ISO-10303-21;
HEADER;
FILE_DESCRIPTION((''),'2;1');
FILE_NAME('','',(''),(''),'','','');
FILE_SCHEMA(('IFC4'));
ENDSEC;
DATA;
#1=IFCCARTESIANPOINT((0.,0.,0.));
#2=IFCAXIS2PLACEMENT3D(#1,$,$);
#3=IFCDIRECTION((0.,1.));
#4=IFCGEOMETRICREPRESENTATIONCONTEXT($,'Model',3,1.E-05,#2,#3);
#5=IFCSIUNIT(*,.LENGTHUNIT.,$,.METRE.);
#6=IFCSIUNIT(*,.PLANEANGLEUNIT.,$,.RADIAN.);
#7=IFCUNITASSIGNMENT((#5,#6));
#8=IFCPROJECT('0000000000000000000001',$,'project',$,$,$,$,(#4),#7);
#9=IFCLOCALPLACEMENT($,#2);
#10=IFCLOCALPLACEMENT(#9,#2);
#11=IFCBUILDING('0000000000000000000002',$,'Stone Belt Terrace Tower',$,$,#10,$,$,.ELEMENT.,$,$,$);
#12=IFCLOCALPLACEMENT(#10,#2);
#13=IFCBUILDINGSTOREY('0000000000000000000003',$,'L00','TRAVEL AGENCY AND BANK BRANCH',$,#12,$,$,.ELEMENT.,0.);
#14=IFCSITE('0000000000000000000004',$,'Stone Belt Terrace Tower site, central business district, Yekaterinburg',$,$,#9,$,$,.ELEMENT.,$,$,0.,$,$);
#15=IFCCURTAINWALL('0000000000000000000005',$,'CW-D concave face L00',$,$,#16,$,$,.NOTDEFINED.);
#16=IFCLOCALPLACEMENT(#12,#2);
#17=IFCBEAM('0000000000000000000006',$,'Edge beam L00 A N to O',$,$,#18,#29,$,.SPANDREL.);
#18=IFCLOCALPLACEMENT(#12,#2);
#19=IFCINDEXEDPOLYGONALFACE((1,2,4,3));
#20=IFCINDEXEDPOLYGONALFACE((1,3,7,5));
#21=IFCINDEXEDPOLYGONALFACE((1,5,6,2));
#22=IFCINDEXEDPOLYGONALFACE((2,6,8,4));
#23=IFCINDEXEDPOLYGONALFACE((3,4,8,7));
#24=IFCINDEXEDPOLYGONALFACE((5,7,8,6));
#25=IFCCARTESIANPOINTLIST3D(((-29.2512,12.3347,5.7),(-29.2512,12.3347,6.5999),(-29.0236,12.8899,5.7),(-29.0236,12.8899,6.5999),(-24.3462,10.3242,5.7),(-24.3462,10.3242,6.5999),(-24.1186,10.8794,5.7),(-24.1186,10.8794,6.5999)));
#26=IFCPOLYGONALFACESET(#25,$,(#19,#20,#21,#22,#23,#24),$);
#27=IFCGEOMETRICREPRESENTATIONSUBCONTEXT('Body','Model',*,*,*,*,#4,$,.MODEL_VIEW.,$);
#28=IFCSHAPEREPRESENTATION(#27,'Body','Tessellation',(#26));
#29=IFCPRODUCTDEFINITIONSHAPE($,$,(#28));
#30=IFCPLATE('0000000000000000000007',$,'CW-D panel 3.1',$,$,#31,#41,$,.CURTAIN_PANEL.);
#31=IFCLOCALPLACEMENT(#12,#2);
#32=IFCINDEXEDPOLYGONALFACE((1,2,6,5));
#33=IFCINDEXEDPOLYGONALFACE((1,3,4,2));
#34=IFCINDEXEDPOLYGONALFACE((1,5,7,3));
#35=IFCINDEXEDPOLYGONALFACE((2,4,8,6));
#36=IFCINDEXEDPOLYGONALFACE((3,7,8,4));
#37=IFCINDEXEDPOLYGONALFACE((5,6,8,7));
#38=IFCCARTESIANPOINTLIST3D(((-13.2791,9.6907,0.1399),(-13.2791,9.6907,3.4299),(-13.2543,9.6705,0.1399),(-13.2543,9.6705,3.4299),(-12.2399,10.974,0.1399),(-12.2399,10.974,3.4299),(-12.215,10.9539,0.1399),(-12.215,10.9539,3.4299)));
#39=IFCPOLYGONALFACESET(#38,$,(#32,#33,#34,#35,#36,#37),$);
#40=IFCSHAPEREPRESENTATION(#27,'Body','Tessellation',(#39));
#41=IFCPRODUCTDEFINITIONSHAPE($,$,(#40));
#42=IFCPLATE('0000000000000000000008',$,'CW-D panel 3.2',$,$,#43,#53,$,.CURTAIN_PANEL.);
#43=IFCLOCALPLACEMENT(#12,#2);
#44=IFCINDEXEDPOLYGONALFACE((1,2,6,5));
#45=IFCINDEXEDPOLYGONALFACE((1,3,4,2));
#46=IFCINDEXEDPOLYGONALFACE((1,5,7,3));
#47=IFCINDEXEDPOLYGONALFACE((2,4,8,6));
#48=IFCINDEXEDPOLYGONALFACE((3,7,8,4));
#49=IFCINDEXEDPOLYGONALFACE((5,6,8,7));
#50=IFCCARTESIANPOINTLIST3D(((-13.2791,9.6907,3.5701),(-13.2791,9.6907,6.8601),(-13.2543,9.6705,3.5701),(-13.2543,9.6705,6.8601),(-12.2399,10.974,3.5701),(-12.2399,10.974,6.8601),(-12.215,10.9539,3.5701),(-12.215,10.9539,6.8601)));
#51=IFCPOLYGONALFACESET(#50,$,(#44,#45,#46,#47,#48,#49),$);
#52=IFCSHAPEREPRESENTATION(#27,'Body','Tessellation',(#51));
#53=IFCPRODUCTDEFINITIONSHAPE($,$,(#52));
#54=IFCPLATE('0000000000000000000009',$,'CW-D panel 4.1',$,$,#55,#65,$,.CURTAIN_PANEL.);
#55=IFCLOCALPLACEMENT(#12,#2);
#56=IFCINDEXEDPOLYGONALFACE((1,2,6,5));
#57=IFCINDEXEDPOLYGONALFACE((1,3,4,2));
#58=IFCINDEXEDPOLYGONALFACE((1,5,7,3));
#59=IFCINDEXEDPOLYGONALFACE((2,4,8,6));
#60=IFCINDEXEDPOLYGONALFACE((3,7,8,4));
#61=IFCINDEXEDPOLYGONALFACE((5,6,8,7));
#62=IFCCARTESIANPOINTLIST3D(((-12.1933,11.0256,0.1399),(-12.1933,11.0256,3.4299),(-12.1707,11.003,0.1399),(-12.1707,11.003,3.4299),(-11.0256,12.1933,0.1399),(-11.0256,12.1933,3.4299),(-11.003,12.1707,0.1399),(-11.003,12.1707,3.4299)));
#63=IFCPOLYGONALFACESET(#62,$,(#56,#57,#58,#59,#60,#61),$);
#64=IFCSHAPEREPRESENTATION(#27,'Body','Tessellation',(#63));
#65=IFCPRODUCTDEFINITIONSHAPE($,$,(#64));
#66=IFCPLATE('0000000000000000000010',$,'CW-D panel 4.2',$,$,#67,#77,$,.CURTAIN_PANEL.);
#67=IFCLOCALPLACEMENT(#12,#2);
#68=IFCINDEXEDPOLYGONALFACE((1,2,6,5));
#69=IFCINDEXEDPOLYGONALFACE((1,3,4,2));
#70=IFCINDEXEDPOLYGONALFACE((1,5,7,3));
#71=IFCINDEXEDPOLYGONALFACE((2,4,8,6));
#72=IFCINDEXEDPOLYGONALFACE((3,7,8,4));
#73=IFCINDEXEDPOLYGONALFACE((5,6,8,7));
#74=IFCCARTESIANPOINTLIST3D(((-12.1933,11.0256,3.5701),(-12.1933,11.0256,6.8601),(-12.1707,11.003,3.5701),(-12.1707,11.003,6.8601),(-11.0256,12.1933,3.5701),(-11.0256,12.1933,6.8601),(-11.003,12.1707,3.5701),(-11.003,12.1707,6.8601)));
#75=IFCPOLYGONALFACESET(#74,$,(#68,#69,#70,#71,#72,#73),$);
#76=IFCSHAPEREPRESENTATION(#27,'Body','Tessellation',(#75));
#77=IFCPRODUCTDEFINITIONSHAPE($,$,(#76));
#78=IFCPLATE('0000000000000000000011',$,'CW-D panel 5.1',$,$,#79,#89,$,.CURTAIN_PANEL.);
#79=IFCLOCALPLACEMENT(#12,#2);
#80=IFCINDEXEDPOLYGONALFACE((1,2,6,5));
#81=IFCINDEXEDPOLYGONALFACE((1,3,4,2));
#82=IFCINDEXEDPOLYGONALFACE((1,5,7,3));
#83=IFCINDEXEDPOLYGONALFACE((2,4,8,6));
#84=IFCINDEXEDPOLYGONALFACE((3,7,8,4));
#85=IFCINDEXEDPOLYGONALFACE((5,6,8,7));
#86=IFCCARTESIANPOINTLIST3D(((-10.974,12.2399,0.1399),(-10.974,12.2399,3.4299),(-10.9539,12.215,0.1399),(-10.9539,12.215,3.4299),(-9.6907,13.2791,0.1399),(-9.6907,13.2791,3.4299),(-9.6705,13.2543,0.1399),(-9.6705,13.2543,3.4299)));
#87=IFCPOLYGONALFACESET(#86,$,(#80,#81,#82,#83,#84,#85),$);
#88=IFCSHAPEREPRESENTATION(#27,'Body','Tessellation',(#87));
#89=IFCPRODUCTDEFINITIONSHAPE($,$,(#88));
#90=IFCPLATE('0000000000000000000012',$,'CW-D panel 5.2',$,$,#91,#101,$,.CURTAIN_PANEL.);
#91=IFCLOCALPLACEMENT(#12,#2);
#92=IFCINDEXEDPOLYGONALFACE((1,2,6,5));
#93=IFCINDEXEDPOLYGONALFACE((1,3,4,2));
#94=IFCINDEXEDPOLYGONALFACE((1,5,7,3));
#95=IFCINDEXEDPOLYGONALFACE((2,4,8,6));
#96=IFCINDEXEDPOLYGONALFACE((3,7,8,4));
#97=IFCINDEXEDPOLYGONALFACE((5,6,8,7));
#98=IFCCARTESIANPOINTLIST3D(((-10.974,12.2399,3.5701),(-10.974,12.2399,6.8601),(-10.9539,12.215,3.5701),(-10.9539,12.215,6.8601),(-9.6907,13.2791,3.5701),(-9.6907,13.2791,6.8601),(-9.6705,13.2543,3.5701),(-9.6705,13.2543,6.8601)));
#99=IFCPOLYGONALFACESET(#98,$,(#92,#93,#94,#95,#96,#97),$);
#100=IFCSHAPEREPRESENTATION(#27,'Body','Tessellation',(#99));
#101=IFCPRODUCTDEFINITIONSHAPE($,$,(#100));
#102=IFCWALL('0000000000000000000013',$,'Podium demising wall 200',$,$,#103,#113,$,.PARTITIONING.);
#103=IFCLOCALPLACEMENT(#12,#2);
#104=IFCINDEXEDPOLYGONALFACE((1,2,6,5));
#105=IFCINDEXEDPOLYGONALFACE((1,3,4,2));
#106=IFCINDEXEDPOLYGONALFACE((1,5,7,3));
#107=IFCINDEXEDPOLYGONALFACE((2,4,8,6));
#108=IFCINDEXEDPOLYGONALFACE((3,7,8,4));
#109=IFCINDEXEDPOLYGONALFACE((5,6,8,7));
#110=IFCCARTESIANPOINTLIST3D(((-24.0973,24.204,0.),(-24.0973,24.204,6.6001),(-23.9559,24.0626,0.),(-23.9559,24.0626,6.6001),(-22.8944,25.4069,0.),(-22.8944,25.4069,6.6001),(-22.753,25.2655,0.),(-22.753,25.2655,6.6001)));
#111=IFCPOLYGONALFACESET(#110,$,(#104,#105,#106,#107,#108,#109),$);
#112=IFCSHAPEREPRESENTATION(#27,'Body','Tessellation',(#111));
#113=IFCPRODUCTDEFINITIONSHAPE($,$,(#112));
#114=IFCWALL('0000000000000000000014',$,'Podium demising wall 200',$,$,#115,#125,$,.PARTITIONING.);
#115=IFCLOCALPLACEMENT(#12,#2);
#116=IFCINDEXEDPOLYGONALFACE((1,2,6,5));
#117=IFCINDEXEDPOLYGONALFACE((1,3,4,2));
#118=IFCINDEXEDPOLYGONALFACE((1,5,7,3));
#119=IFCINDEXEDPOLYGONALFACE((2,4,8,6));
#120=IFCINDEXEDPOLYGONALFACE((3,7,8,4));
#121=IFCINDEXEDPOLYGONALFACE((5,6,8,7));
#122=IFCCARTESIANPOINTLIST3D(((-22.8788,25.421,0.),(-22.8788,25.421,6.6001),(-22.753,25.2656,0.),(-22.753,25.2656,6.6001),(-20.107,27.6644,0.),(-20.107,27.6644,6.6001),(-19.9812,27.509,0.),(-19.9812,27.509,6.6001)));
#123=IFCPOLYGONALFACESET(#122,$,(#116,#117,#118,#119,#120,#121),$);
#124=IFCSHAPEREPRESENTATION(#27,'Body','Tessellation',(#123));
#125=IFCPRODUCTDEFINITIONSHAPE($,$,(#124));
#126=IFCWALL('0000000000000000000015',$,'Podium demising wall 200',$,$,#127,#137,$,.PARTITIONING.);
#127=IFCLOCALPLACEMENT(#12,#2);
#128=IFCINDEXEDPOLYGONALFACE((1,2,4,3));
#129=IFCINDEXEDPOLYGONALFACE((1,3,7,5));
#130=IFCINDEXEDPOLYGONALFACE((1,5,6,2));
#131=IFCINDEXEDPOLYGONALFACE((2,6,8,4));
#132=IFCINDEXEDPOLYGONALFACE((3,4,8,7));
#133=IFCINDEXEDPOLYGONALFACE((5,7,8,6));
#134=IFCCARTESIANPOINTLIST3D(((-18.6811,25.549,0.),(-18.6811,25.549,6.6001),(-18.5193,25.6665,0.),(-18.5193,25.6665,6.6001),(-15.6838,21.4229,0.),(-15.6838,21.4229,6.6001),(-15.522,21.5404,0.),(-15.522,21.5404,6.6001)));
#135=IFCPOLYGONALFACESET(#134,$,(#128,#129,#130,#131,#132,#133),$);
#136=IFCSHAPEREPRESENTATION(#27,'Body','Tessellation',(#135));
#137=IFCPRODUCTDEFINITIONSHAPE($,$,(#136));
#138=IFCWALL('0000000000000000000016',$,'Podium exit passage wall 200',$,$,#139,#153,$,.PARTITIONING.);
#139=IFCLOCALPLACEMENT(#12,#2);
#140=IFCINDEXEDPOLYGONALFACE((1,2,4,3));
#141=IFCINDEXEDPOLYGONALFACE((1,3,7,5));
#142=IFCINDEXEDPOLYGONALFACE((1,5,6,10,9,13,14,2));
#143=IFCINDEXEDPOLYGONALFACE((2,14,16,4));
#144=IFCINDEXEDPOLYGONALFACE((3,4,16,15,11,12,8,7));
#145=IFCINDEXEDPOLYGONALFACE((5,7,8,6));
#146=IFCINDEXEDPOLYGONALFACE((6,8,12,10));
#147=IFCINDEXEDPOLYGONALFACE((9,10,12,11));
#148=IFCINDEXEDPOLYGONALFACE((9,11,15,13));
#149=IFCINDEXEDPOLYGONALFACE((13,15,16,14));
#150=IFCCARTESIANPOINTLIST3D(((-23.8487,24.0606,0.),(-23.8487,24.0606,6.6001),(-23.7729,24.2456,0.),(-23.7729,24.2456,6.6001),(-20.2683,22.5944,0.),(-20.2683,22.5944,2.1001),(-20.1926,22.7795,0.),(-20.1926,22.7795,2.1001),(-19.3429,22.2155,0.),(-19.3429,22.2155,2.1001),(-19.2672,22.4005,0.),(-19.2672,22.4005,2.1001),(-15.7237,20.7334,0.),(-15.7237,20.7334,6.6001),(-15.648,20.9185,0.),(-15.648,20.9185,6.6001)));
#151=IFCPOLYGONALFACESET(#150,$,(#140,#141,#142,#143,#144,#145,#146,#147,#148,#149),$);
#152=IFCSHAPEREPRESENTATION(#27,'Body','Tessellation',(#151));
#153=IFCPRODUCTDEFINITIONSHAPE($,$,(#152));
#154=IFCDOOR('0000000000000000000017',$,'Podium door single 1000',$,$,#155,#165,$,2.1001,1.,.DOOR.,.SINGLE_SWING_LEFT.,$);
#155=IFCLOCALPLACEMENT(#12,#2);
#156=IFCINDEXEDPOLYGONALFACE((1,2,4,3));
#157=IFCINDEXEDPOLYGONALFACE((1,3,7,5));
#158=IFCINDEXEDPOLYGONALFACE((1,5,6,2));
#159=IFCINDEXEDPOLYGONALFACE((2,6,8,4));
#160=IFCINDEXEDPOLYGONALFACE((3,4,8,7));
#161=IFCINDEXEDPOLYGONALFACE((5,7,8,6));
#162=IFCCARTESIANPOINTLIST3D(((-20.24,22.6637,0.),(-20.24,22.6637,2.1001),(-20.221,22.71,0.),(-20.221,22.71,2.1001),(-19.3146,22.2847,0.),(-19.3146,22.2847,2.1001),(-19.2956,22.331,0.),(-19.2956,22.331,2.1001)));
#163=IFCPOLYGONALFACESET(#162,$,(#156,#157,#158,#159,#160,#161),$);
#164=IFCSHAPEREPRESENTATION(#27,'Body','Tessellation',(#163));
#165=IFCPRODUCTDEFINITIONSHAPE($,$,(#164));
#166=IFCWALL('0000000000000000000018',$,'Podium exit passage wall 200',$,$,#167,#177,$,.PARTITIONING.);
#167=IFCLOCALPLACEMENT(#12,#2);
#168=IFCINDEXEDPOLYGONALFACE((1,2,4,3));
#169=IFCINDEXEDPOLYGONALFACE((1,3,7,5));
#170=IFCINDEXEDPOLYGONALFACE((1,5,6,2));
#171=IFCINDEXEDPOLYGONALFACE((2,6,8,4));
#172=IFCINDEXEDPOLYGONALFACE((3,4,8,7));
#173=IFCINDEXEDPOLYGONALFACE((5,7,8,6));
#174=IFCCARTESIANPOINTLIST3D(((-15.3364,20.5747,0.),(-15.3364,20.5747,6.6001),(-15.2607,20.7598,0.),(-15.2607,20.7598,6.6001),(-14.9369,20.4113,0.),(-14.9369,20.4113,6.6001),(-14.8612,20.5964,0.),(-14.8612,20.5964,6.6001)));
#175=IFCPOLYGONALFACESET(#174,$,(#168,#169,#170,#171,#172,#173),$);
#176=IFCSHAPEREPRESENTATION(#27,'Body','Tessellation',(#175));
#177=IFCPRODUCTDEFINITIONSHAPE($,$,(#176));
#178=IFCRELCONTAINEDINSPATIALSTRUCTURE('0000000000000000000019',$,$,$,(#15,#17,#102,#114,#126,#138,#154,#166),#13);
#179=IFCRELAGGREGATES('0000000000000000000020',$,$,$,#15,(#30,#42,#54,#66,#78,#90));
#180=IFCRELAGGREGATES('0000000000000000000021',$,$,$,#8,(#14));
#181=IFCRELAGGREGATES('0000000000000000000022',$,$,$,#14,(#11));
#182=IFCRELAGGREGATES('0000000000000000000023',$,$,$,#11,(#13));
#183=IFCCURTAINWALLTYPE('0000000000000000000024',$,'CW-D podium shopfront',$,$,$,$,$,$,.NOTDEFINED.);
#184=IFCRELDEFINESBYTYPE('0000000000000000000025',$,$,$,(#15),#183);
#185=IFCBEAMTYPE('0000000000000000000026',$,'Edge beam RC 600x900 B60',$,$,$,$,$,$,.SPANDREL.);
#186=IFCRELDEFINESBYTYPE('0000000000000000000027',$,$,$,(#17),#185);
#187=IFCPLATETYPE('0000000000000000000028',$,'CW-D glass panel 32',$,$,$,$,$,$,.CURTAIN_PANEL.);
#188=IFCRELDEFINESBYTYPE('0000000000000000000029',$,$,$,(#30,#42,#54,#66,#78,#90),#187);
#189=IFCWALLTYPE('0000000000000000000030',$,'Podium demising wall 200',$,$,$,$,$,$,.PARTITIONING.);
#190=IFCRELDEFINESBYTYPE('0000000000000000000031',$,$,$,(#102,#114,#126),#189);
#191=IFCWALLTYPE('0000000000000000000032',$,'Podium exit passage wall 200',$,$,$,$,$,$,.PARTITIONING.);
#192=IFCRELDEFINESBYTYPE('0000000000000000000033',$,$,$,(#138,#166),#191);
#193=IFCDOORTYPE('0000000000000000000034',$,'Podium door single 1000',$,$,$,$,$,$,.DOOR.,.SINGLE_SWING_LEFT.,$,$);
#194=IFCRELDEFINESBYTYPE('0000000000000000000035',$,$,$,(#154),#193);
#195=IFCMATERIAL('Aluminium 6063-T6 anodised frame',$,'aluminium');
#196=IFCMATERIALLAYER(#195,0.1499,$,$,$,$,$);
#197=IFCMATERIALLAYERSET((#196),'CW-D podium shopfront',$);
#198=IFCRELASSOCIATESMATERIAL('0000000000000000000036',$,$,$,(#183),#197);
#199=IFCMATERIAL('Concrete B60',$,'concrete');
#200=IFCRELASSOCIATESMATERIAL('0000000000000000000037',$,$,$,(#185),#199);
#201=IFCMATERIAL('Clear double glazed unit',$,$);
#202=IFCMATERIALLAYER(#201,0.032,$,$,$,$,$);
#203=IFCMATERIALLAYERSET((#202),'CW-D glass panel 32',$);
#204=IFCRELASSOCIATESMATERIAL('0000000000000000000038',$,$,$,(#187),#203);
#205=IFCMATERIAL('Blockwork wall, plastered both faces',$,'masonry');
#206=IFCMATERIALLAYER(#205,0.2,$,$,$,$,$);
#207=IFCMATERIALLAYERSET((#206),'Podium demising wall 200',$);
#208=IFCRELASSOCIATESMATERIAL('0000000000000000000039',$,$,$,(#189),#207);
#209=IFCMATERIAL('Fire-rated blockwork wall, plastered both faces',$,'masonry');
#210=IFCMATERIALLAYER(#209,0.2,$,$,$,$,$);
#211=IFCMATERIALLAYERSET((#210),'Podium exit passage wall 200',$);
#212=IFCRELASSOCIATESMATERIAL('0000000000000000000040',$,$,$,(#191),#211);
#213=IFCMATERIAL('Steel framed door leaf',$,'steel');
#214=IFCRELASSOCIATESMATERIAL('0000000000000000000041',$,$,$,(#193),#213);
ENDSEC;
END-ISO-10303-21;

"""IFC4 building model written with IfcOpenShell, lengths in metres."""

from ifc_helpers import new_model, si_unit, direction, frame, frame_2d, origin, origin_2d, place, context, subcontext, project, spatial, rectangle, extrude, material, layer, layer_set, material_profile, profile_set, type_object, element, fill, aggregate, save


model = new_model("IFC4")

# Units and contexts
model_context = context("Model", 3, precision=1e-05, world=origin(), true_north=direction((0.0, 1.0)))
body_context = subcontext(model_context, "Body", "Model", "MODEL_VIEW")
ifc_project = project(units=[si_unit("LENGTHUNIT", "METRE"), si_unit("PLANEANGLEUNIT", "RADIAN")], contexts=[model_context])

# Site, building, storey
site_placement = place(None, origin())
site = spatial("IfcSite", under=ifc_project, at=site_placement, Name="Stone Belt Terrace Tower site, central business district, Yekaterinburg", CompositionType="ELEMENT", RefElevation=0.0)
building_placement = place(site_placement, origin())
building = spatial("IfcBuilding", under=site, at=building_placement, Name="Stone Belt Terrace Tower", CompositionType="ELEMENT")
storey_placement = place(building_placement, origin())
storey = spatial("IfcBuildingStorey", under=building, at=storey_placement, Name="L00", Description="TRAVEL AGENCY AND BANK BRANCH", CompositionType="ELEMENT", Elevation=0.0)

# Shared definitions
ifc_material_1 = material(Name="Concrete B60", Category="concrete")

# Curtain wall
ifc_material_2 = material(Name="Aluminium 6063-T6 anodised frame", Category="aluminium")
ifc_layer_1 = layer(ifc_material_2, 0.1499)
ifc_layer_set_1 = layer_set([ifc_layer_1], Name="CW-D podium shopfront")
curtain_wall_type = type_object("IfcCurtainWallType", Name="CW-D podium shopfront", PredefinedType="NOTDEFINED", material=ifc_layer_set_1)
curtain_wall_placement = place(storey_placement, origin())
curtain_wall = element("IfcCurtainWall", 1, at=curtain_wall_placement, inside=storey, type_object=curtain_wall_type, Name="CW-D concave face L00", PredefinedType="NOTDEFINED")

# Beam
ifc_material_profile_1 = material_profile(ifc_material_1, rectangle(XDim=0.6001, YDim=0.8999, at=origin_2d()), Name="RC 600x900")
ifc_profile_set_1 = profile_set([ifc_material_profile_1], Name="Concrete B60")
beam_type = type_object("IfcBeamType", Name="Edge beam RC 600x900 B60", PredefinedType="SPANDREL", material=ifc_profile_set_1)
beam_placement = place(storey_placement, frame((-24.2324, 10.6018, 6.1499), z_axis=(-0.925289, 0.379262, 0.0), x_axis=(-0.379262, -0.925289, 0.0)))
element("IfcBeam", 2, at=beam_placement, inside=storey, type_object=beam_type, Name="Edge beam L00 A N to O", PredefinedType="SPANDREL", context=body_context, shape_type="SweptSolid", body=[
    extrude(rectangle(XDim=0.6001, YDim=0.8999, at=origin_2d()), origin(), (0.0, 0.0, 1.0), 5.301),
])

# Plates
ifc_material_3 = material(Name="Clear double glazed unit")
ifc_layer_2 = layer(ifc_material_3, 0.032)
ifc_layer_set_2 = layer_set([ifc_layer_2], Name="CW-D glass panel 32")
plate_type = type_object("IfcPlateType", Name="CW-D glass panel 32", PredefinedType="CURTAIN_PANEL", material=ifc_layer_set_2)
plate_1_placement = place(storey_placement, frame((-12.7471, 10.3223, 0.1399), z_axis=(0.0, 0.0, 1.0), x_axis=(0.62932, 0.777146, 0.0)))
plate_1 = element("IfcPlate", 3, at=plate_1_placement, type_object=plate_type, Name="CW-D panel 3.1", PredefinedType="CURTAIN_PANEL", context=body_context, shape_type="SweptSolid", body=[
    extrude(rectangle(XDim=1.6514, YDim=0.032, at=origin_2d()), origin(), (0.0, 0.0, 1.0), 3.29),
])
plate_2_placement = place(storey_placement, frame((-12.7471, 10.3223, 3.5701), z_axis=(0.0, 0.0, 1.0), x_axis=(0.62932, 0.777146, 0.0)))
plate_2 = element("IfcPlate", 4, at=plate_2_placement, type_object=plate_type, Name="CW-D panel 3.2", PredefinedType="CURTAIN_PANEL", context=body_context, shape_type="SweptSolid", body=[
    extrude(rectangle(XDim=1.6514, YDim=0.032, at=origin_2d()), origin(), (0.0, 0.0, 1.0), 3.29),
])
plate_3_placement = place(storey_placement, frame((-11.5981, 11.5981, 0.1399), z_axis=(0.0, 0.0, 1.0), x_axis=(0.707107, 0.707107, 0.0)))
plate_3 = element("IfcPlate", 5, at=plate_3_placement, type_object=plate_type, Name="CW-D panel 4.1", PredefinedType="CURTAIN_PANEL", context=body_context, shape_type="SweptSolid", body=[
    extrude(rectangle(XDim=1.6514, YDim=0.032, at=origin_2d()), origin(), (0.0, 0.0, 1.0), 3.29),
])
plate_4_placement = place(storey_placement, frame((-11.5981, 11.5981, 3.5701), z_axis=(0.0, 0.0, 1.0), x_axis=(0.707107, 0.707107, 0.0)))
plate_4 = element("IfcPlate", 6, at=plate_4_placement, type_object=plate_type, Name="CW-D panel 4.2", PredefinedType="CURTAIN_PANEL", context=body_context, shape_type="SweptSolid", body=[
    extrude(rectangle(XDim=1.6514, YDim=0.032, at=origin_2d()), origin(), (0.0, 0.0, 1.0), 3.29),
])
plate_5_placement = place(storey_placement, frame((-10.3223, 12.7471, 0.1399), z_axis=(0.0, 0.0, 1.0), x_axis=(0.777146, 0.62932, 0.0)))
plate_5 = element("IfcPlate", 7, at=plate_5_placement, type_object=plate_type, Name="CW-D panel 5.1", PredefinedType="CURTAIN_PANEL", context=body_context, shape_type="SweptSolid", body=[
    extrude(rectangle(XDim=1.6514, YDim=0.032, at=origin_2d()), origin(), (0.0, 0.0, 1.0), 3.29),
])
plate_6_placement = place(storey_placement, frame((-10.3223, 12.7471, 3.5701), z_axis=(0.0, 0.0, 1.0), x_axis=(0.777146, 0.62932, 0.0)))
plate_6 = element("IfcPlate", 8, at=plate_6_placement, type_object=plate_type, Name="CW-D panel 5.2", PredefinedType="CURTAIN_PANEL", context=body_context, shape_type="SweptSolid", body=[
    extrude(rectangle(XDim=1.6514, YDim=0.032, at=origin_2d()), origin(), (0.0, 0.0, 1.0), 3.29),
])
aggregate(curtain_wall, [plate_1, plate_2, plate_3, plate_4, plate_5, plate_6])

# Walls
ifc_material_4 = material(Name="Blockwork wall, plastered both faces", Category="masonry")
ifc_layer_3 = layer(ifc_material_4, 0.2)
ifc_layer_set_3 = layer_set([ifc_layer_3], Name="Podium demising wall 200")
wall_type_1 = type_object("IfcWallType", Name="Podium demising wall 200", PredefinedType="PARTITIONING", material=ifc_layer_set_3)
wall_1_placement = place(storey_placement, frame((-24.0266, 24.1333, 0.0), z_axis=(0.0, 0.0, 1.0), x_axis=(0.707107, 0.707107, 0.0)))
element("IfcWall", 9, at=wall_1_placement, inside=storey, type_object=wall_type_1, Name="Podium demising wall 200", PredefinedType="PARTITIONING", context=body_context, shape_type="SweptSolid", body=[
    extrude(rectangle(XDim=1.7012, YDim=0.2, at=frame_2d((0.8506, 0.0))), origin(), (0.0, 0.0, 1.0), 6.6001),
])
wall_2_placement = place(storey_placement, frame((-22.8159, 25.3433, 0.0), z_axis=(0.0, 0.0, 1.0), x_axis=(0.777296, 0.629135, 0.0)))
element("IfcWall", 10, at=wall_2_placement, inside=storey, type_object=wall_type_1, Name="Podium demising wall 200", PredefinedType="PARTITIONING", context=body_context, shape_type="SweptSolid", body=[
    extrude(rectangle(XDim=3.5659, YDim=0.2, at=frame_2d((1.783, 0.0))), origin(), (0.0, 0.0, 1.0), 6.6001),
])
wall_3_placement = place(storey_placement, frame((-18.6001, 25.6077, 0.0), z_axis=(0.0, 0.0, 1.0), x_axis=(0.587713, -0.809069, 0.0)))
element("IfcWall", 11, at=wall_3_placement, inside=storey, type_object=wall_type_1, Name="Podium demising wall 200", PredefinedType="PARTITIONING", context=body_context, shape_type="SweptSolid", body=[
    extrude(rectangle(XDim=5.0999, YDim=0.2, at=frame_2d((2.5498, 0.0))), origin(), (0.0, 0.0, 1.0), 6.6001),
])

# Wall, opening, door
ifc_material_5 = material(Name="Fire-rated blockwork wall, plastered both faces", Category="masonry")
ifc_layer_4 = layer(ifc_material_5, 0.2)
ifc_layer_set_4 = layer_set([ifc_layer_4], Name="Podium exit passage wall 200")
wall_type_2 = type_object("IfcWallType", Name="Podium exit passage wall 200", PredefinedType="PARTITIONING", material=ifc_layer_set_4)
wall_4_placement = place(storey_placement, frame((-23.8108, 24.1531, 0.0), z_axis=(0.0, 0.0, 1.0), x_axis=(0.925416, -0.378953, 0.0)))
wall_4 = element("IfcWall", 12, at=wall_4_placement, inside=storey, type_object=wall_type_2, Name="Podium exit passage wall 200", PredefinedType="PARTITIONING", context=body_context, shape_type="SweptSolid", body=[
    extrude(rectangle(XDim=8.7798, YDim=0.2, at=frame_2d((4.3899, 0.0))), origin(), (0.0, 0.0, 1.0), 6.6001),
])
opening_1_placement = place(wall_4_placement, frame((3.8689, 0.0, 0.0)))
opening_1 = element("IfcOpeningElement", 13, at=opening_1_placement, cuts=wall_4, PredefinedType="OPENING", context=body_context, shape_type="SweptSolid", body=[
    extrude(rectangle(XDim=1.0, YDim=2.1001, at=frame_2d((0.5, 1.05))), frame((0.0, 0.1099, 0.0), z_axis=(0.0, -1.0, 0.0), x_axis=(1.0, 0.0, 0.0)), (0.0, 0.0, 1.0), 0.22),
])
ifc_material_6 = material(Name="Steel framed door leaf", Category="steel")
door_type = type_object("IfcDoorType", Name="Podium door single 1000", OperationType="SINGLE_SWING_LEFT", PredefinedType="DOOR", material=ifc_material_6)
door_1_placement = place(opening_1_placement, origin())
door_1 = element("IfcDoor", 14, at=door_1_placement, inside=storey, type_object=door_type, Name="Podium door single 1000", OperationType="SINGLE_SWING_LEFT", OverallHeight=2.1001, OverallWidth=1.0, PredefinedType="DOOR", context=body_context, shape_type="SweptSolid", body=[
    extrude(rectangle(XDim=1.0, YDim=2.1001, at=frame_2d((0.5, 1.05))), frame((0.0, 0.0249, 0.0), z_axis=(0.0, -1.0, 0.0), x_axis=(1.0, 0.0, 0.0)), (0.0, 0.0, 1.0), 0.05),
])
fill(opening_1, door_1)

# Wall
wall_5_placement = place(storey_placement, frame((-15.2986, 20.6672, 0.0), z_axis=(0.0, 0.0, 1.0), x_axis=(0.925601, -0.378501, 0.0)))
element("IfcWall", 15, at=wall_5_placement, inside=storey, type_object=wall_type_2, Name="Podium exit passage wall 200", PredefinedType="PARTITIONING", context=body_context, shape_type="SweptSolid", body=[
    extrude(rectangle(XDim=0.4316, YDim=0.2, at=frame_2d((0.2158, 0.0))), origin(), (0.0, 0.0, 1.0), 6.6001),
])

save(model, "model.ifc")
